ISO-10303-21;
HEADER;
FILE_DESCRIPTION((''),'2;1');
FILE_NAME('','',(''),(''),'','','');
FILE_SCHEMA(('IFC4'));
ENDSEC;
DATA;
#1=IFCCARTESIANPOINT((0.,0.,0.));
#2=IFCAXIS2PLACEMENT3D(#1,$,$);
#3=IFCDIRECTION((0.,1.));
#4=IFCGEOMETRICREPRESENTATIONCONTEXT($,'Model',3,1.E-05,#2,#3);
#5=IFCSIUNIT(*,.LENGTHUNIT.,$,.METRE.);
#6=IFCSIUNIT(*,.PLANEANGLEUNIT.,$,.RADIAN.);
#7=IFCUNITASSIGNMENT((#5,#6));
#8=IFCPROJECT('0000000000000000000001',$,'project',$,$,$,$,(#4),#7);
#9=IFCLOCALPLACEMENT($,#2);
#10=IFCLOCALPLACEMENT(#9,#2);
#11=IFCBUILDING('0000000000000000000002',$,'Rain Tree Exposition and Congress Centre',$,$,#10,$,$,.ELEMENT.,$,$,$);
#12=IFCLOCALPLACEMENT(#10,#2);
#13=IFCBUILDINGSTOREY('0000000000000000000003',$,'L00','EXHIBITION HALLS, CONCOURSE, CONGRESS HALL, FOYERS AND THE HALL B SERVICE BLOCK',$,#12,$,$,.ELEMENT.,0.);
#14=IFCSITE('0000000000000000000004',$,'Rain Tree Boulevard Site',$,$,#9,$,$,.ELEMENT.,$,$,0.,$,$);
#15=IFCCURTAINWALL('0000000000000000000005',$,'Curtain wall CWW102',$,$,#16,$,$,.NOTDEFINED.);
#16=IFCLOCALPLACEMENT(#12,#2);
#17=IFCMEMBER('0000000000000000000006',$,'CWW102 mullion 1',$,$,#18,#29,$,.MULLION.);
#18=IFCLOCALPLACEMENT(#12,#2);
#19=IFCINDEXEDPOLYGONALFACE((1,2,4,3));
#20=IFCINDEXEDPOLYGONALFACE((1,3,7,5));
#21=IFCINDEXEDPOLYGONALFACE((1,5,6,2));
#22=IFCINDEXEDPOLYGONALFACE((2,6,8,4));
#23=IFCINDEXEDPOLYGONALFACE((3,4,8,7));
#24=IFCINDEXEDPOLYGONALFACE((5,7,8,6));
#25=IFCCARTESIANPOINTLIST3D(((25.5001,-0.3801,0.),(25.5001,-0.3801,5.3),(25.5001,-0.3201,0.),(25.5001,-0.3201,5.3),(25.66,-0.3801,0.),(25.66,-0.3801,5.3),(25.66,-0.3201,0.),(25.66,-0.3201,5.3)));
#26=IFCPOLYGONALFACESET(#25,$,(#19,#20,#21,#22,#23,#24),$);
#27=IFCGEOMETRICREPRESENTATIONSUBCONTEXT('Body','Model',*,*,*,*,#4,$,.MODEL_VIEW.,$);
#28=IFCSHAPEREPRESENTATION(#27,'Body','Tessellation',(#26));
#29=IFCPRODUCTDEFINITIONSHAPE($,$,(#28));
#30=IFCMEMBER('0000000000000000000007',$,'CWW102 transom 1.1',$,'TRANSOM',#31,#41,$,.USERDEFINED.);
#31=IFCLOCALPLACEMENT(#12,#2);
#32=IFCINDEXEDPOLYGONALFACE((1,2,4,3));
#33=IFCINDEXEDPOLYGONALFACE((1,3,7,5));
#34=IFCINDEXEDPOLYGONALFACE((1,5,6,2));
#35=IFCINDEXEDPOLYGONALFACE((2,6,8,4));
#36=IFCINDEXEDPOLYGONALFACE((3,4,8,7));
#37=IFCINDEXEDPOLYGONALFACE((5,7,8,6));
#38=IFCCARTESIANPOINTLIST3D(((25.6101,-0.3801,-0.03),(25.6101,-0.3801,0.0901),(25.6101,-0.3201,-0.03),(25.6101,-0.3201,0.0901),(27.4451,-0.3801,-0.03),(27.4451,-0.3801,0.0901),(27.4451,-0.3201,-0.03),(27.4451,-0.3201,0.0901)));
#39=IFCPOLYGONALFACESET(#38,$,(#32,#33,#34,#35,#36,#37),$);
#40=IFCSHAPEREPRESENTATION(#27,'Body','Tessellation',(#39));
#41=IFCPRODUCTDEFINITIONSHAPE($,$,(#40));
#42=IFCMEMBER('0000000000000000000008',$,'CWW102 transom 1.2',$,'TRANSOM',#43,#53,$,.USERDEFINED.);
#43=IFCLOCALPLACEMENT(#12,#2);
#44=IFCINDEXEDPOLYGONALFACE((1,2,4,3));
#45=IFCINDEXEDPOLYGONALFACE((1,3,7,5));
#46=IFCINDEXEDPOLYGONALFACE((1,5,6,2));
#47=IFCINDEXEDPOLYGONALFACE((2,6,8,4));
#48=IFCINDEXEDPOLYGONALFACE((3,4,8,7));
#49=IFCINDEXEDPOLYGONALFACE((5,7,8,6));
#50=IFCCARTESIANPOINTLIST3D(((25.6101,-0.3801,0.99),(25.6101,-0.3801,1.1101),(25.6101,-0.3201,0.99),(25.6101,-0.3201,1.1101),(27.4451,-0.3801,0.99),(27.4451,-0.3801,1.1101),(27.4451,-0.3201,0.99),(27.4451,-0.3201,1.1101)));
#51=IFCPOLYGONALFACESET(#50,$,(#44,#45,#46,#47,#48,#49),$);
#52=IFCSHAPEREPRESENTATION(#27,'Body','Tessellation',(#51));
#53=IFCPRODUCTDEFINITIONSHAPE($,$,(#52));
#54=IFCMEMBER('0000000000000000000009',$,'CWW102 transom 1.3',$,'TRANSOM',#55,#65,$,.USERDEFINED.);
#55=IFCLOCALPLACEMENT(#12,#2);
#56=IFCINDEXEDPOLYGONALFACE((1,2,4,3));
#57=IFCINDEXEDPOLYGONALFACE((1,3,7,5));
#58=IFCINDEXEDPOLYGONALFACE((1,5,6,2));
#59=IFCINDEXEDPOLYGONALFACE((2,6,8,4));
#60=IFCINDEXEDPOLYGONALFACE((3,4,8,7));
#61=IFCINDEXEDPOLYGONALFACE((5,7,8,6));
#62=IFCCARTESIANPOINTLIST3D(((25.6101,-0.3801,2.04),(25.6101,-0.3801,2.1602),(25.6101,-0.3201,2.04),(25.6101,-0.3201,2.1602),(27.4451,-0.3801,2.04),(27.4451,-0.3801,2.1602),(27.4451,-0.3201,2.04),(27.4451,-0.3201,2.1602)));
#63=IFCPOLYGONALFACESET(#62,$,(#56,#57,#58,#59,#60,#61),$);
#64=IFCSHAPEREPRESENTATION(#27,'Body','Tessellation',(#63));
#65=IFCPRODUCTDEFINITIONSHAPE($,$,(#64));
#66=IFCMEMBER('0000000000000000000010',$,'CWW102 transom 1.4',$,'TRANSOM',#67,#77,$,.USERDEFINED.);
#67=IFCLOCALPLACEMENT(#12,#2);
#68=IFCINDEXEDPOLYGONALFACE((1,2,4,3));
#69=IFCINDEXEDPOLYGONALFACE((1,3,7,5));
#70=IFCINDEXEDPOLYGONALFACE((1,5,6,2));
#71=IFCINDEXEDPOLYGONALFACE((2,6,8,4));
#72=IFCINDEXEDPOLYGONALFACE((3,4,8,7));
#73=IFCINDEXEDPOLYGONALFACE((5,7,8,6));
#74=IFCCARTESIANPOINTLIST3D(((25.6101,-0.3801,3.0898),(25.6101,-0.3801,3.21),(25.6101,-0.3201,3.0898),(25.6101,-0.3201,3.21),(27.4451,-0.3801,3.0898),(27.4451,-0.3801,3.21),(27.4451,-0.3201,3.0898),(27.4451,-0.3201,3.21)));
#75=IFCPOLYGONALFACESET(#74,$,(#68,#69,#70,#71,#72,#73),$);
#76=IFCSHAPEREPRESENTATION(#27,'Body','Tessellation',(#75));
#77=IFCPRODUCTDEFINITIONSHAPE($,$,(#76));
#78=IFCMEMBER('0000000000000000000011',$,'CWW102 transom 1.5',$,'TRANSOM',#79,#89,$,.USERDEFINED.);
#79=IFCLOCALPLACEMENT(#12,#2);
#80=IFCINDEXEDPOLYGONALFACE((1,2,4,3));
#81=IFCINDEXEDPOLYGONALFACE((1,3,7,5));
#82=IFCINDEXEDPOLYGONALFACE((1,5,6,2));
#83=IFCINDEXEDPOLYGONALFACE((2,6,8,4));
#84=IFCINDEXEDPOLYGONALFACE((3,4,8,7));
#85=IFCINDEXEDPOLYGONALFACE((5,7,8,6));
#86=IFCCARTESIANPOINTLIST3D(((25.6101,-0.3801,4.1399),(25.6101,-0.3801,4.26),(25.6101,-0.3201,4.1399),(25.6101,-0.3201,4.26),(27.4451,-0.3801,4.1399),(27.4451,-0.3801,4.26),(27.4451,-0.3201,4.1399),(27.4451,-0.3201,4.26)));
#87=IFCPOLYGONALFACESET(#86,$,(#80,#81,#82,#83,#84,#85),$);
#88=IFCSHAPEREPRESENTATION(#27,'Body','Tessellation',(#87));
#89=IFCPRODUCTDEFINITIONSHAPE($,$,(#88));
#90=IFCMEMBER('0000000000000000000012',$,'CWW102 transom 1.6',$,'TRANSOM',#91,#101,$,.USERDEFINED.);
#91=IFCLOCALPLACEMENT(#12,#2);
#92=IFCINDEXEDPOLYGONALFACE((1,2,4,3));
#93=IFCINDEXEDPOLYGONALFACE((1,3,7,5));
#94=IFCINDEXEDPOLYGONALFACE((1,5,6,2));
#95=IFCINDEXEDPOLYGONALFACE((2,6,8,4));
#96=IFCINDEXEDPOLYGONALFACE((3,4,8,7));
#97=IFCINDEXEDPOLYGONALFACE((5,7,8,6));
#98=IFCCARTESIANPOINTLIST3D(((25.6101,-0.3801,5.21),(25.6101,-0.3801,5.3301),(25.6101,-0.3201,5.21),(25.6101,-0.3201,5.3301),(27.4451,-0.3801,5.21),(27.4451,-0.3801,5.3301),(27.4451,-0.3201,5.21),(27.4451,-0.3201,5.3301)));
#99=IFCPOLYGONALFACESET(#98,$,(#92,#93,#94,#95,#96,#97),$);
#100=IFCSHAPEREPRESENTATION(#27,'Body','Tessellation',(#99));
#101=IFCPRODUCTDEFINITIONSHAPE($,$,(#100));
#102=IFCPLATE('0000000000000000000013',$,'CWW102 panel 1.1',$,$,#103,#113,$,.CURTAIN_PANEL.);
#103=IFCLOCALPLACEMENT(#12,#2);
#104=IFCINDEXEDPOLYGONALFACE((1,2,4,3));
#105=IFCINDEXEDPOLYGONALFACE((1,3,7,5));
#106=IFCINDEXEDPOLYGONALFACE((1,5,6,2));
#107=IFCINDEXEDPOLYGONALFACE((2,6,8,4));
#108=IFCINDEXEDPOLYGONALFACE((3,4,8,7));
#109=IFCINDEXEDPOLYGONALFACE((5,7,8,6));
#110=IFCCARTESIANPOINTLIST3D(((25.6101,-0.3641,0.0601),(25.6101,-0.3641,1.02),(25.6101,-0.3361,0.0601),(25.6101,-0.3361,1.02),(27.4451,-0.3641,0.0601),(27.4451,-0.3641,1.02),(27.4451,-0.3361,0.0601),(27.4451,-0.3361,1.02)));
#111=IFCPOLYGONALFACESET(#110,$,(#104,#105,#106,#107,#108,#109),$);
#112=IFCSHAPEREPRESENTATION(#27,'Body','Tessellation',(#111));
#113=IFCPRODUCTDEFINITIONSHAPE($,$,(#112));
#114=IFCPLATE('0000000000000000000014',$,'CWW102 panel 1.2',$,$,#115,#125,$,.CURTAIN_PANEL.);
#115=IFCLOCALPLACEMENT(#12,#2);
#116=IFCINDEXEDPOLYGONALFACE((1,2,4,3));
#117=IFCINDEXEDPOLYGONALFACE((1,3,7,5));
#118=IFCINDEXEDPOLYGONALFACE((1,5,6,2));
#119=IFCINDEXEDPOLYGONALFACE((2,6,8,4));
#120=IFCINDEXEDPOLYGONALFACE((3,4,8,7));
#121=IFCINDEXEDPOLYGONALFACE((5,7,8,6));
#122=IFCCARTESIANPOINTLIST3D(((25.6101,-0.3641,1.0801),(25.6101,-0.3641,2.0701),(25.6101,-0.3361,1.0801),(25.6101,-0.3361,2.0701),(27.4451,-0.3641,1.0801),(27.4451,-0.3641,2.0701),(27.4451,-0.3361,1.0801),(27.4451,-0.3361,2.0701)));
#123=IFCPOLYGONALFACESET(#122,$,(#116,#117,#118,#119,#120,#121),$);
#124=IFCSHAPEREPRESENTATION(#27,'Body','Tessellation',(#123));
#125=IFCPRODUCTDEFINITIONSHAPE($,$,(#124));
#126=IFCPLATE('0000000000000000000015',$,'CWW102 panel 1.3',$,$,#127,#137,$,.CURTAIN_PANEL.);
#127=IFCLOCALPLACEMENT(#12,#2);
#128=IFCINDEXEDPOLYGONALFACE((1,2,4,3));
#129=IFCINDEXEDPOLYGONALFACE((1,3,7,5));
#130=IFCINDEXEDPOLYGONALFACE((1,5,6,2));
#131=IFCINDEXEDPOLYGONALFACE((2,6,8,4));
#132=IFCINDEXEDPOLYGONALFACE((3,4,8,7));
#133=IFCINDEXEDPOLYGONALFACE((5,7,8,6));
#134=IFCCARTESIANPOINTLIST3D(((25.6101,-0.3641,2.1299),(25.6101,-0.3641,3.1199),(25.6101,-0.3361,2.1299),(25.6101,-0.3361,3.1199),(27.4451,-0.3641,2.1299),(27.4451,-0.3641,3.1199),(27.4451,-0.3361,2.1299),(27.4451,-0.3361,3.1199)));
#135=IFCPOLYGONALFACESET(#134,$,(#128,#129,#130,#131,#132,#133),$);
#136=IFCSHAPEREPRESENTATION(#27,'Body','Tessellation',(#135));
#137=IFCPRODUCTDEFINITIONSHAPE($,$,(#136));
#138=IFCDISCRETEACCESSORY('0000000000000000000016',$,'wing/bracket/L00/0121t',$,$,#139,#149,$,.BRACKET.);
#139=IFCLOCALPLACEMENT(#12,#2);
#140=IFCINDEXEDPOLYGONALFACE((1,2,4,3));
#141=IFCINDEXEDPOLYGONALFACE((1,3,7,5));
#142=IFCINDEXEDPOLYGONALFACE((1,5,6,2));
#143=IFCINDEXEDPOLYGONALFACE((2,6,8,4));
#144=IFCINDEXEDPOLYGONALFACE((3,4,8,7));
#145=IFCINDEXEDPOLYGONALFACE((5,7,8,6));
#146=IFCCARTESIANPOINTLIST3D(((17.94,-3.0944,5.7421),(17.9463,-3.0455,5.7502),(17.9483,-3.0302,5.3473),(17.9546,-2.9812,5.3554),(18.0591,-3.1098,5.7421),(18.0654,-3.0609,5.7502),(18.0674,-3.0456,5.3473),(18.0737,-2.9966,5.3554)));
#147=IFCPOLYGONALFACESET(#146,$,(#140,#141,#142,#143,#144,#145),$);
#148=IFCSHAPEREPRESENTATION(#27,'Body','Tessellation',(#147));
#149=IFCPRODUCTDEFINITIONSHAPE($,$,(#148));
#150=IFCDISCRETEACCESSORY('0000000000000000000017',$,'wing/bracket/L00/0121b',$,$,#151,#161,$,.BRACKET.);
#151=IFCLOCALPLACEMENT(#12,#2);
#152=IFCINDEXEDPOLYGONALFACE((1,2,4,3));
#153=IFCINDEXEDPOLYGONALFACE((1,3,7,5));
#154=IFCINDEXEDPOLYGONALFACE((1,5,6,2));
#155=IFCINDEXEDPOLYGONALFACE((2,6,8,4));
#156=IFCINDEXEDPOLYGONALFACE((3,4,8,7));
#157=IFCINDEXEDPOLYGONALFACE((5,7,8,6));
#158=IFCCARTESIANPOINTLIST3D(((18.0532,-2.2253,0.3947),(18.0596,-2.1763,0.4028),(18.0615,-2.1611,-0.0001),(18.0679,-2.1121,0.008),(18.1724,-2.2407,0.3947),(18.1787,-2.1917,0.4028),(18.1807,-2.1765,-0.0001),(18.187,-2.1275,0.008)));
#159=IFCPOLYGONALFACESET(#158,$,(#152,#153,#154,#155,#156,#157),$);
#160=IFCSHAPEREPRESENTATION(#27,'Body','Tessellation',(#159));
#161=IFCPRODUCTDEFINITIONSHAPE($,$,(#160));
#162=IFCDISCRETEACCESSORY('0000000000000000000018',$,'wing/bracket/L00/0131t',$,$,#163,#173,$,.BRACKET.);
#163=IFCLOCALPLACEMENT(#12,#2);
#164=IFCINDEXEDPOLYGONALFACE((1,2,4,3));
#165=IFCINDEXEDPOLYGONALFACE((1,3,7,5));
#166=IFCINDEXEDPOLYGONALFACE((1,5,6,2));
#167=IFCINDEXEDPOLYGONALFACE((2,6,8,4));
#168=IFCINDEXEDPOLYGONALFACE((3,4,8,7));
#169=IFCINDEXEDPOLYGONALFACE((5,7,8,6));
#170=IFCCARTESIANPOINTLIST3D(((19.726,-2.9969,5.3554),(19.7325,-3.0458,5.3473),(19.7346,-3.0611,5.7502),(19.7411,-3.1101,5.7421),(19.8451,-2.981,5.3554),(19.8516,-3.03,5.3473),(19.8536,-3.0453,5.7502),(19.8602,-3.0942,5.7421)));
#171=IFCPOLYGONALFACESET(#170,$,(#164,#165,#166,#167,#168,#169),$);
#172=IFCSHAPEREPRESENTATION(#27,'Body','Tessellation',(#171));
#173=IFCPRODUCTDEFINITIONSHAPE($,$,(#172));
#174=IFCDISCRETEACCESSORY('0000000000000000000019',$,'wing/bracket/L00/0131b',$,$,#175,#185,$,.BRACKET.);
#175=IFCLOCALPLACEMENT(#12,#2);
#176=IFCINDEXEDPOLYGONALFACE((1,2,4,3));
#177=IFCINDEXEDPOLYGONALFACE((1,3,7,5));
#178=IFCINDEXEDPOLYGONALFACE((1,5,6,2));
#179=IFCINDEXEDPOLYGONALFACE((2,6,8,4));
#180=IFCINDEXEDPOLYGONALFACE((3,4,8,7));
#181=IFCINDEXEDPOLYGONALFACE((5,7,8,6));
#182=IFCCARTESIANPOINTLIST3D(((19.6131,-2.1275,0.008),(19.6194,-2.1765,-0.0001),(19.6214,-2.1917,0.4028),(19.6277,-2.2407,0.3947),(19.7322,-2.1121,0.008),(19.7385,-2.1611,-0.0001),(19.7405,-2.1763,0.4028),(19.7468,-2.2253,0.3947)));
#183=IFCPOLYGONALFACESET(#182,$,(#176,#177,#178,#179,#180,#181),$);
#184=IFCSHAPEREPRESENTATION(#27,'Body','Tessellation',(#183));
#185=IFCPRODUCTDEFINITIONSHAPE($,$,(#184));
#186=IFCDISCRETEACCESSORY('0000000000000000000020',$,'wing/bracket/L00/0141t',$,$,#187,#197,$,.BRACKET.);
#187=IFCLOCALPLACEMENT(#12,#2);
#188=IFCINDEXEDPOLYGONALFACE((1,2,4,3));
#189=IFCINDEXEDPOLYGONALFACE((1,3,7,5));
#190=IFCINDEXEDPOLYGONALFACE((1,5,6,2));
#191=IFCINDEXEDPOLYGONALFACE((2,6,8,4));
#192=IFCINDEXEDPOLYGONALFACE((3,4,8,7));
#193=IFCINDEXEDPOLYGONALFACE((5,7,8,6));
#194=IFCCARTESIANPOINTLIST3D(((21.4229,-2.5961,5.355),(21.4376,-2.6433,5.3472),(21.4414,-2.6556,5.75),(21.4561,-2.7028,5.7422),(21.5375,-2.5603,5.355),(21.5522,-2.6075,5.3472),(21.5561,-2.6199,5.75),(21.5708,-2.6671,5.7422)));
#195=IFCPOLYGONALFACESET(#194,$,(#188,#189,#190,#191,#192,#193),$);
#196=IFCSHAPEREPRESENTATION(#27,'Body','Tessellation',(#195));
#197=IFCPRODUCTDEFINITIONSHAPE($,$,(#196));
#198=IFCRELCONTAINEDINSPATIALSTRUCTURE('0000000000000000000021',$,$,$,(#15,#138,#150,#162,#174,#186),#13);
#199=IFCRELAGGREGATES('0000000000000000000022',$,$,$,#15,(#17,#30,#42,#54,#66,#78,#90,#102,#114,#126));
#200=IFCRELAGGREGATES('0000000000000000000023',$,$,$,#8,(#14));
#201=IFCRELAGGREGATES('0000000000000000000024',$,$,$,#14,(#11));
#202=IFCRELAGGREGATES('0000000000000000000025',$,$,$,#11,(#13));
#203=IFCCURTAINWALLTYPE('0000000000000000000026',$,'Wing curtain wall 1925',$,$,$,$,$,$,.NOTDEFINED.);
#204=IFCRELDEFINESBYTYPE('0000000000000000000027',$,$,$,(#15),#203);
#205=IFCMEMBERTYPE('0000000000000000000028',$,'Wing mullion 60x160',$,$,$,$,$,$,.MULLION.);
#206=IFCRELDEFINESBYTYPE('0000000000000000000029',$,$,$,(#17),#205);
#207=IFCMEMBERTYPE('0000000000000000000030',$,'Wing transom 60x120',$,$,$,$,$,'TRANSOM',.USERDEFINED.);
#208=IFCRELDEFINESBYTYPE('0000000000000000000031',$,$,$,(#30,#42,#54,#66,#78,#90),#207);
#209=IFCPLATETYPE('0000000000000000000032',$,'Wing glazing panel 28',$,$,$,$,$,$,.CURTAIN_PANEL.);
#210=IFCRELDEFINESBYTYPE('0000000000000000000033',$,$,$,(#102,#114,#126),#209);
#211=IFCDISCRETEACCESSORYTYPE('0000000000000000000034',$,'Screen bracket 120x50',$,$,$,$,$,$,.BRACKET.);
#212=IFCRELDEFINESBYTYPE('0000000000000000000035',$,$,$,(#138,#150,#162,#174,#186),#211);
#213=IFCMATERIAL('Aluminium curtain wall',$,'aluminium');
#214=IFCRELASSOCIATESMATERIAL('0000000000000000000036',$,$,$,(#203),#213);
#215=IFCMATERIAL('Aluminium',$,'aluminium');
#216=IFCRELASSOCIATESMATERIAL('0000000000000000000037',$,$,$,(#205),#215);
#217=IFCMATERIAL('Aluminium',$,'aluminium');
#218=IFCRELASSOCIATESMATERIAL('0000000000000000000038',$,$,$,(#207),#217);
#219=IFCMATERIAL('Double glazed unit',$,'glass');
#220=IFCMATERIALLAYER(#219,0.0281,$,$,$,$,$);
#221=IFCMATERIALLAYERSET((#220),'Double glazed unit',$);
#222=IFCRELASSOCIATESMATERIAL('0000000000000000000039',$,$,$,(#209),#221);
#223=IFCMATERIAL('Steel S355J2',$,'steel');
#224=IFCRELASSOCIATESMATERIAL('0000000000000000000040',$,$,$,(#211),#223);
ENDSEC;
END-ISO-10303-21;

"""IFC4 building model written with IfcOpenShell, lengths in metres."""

from ifc_helpers import new_model, si_unit, direction, frame, origin, origin_2d, place, context, subcontext, project, spatial, rectangle, extrude, material, layer, layer_set, material_profile, profile_set, type_object, element, aggregate, save


model = new_model("IFC4")

# Units and contexts
model_context = context("Model", 3, precision=1e-05, world=origin(), true_north=direction((0.0, 1.0)))
body_context = subcontext(model_context, "Body", "Model", "MODEL_VIEW")
ifc_project = project(units=[si_unit("LENGTHUNIT", "METRE"), si_unit("PLANEANGLEUNIT", "RADIAN")], contexts=[model_context])

# Site, building, storey
site_placement = place(None, origin())
site = spatial("IfcSite", under=ifc_project, at=site_placement, Name="Rain Tree Boulevard Site", CompositionType="ELEMENT", RefElevation=0.0)
building_placement = place(site_placement, origin())
building = spatial("IfcBuilding", under=site, at=building_placement, Name="Rain Tree Exposition and Congress Centre", CompositionType="ELEMENT")
storey_placement = place(building_placement, origin())
storey = spatial("IfcBuildingStorey", under=building, at=storey_placement, Name="L00", Description="EXHIBITION HALLS, CONCOURSE, CONGRESS HALL, FOYERS AND THE HALL B SERVICE BLOCK", CompositionType="ELEMENT", Elevation=0.0)

# Curtain wall, members, plates
ifc_material_1 = material(Name="Aluminium curtain wall", Category="aluminium")
curtain_wall_type = type_object("IfcCurtainWallType", Name="Wing curtain wall 1925", PredefinedType="NOTDEFINED", material=ifc_material_1)
curtain_wall_placement = place(storey_placement, origin())
curtain_wall = element("IfcCurtainWall", 1, at=curtain_wall_placement, inside=storey, type_object=curtain_wall_type, Name="Curtain wall CWW102", PredefinedType="NOTDEFINED")
ifc_material_2 = material(Name="Aluminium", Category="aluminium")
ifc_material_profile_1 = material_profile(ifc_material_2, rectangle(XDim=0.0601, YDim=0.1599, at=origin_2d()), Name="Aluminium 60x160")
ifc_profile_set_1 = profile_set([ifc_material_profile_1], Name="Aluminium")
member_type_1 = type_object("IfcMemberType", Name="Wing mullion 60x160", PredefinedType="MULLION", material=ifc_profile_set_1)
member_1_placement = place(storey_placement, frame((25.5801, -0.3501, 0.0), z_axis=(0.0, 0.0, 1.0), x_axis=(0.0, 1.0, 0.0)))
member_1 = element("IfcMember", 2, at=member_1_placement, type_object=member_type_1, Name="CWW102 mullion 1", PredefinedType="MULLION", context=body_context, shape_type="SweptSolid", body=[
    extrude(rectangle(XDim=0.0601, YDim=0.1599, at=origin_2d()), origin(), (0.0, 0.0, 1.0), 5.3),
])
ifc_material_3 = material(Name="Aluminium", Category="aluminium")
ifc_material_profile_2 = material_profile(ifc_material_3, rectangle(XDim=0.0601, YDim=0.1201, at=origin_2d()), Name="Aluminium 60x120")
ifc_profile_set_2 = profile_set([ifc_material_profile_2], Name="Aluminium")
member_type_2 = type_object("IfcMemberType", Name="Wing transom 60x120", ElementType="TRANSOM", PredefinedType="USERDEFINED", material=ifc_profile_set_2)
member_2_placement = place(storey_placement, frame((25.6101, -0.3501, 0.03), z_axis=(1.0, 0.0, 0.0), x_axis=(0.0, 1.0, 0.0)))
member_2 = element("IfcMember", 3, at=member_2_placement, type_object=member_type_2, Name="CWW102 transom 1.1", ObjectType="TRANSOM", PredefinedType="USERDEFINED", context=body_context, shape_type="SweptSolid", body=[
    extrude(rectangle(XDim=0.0601, YDim=0.1201, at=origin_2d()), origin(), (0.0, 0.0, 1.0), 1.835),
])
member_3_placement = place(storey_placement, frame((25.6101, -0.3501, 1.05), z_axis=(1.0, 0.0, 0.0), x_axis=(0.0, 1.0, 0.0)))
member_3 = element("IfcMember", 4, at=member_3_placement, type_object=member_type_2, Name="CWW102 transom 1.2", ObjectType="TRANSOM", PredefinedType="USERDEFINED", context=body_context, shape_type="SweptSolid", body=[
    extrude(rectangle(XDim=0.0601, YDim=0.1201, at=origin_2d()), origin(), (0.0, 0.0, 1.0), 1.835),
])
member_4_placement = place(storey_placement, frame((25.6101, -0.3501, 2.1001), z_axis=(1.0, 0.0, 0.0), x_axis=(0.0, 1.0, 0.0)))
member_4 = element("IfcMember", 5, at=member_4_placement, type_object=member_type_2, Name="CWW102 transom 1.3", ObjectType="TRANSOM", PredefinedType="USERDEFINED", context=body_context, shape_type="SweptSolid", body=[
    extrude(rectangle(XDim=0.0601, YDim=0.1201, at=origin_2d()), origin(), (0.0, 0.0, 1.0), 1.835),
])
member_5_placement = place(storey_placement, frame((25.6101, -0.3501, 3.1499), z_axis=(1.0, 0.0, 0.0), x_axis=(0.0, 1.0, 0.0)))
member_5 = element("IfcMember", 6, at=member_5_placement, type_object=member_type_2, Name="CWW102 transom 1.4", ObjectType="TRANSOM", PredefinedType="USERDEFINED", context=body_context, shape_type="SweptSolid", body=[
    extrude(rectangle(XDim=0.0601, YDim=0.1201, at=origin_2d()), origin(), (0.0, 0.0, 1.0), 1.835),
])
member_6_placement = place(storey_placement, frame((25.6101, -0.3501, 4.2), z_axis=(1.0, 0.0, 0.0), x_axis=(0.0, 1.0, 0.0)))
member_6 = element("IfcMember", 7, at=member_6_placement, type_object=member_type_2, Name="CWW102 transom 1.5", ObjectType="TRANSOM", PredefinedType="USERDEFINED", context=body_context, shape_type="SweptSolid", body=[
    extrude(rectangle(XDim=0.0601, YDim=0.1201, at=origin_2d()), origin(), (0.0, 0.0, 1.0), 1.835),
])
member_7_placement = place(storey_placement, frame((25.6101, -0.3501, 5.27), z_axis=(1.0, 0.0, 0.0), x_axis=(0.0, 1.0, 0.0)))
member_7 = element("IfcMember", 8, at=member_7_placement, type_object=member_type_2, Name="CWW102 transom 1.6", ObjectType="TRANSOM", PredefinedType="USERDEFINED", context=body_context, shape_type="SweptSolid", body=[
    extrude(rectangle(XDim=0.0601, YDim=0.1201, at=origin_2d()), origin(), (0.0, 0.0, 1.0), 1.835),
])
ifc_material_4 = material(Name="Double glazed unit", Category="glass")
ifc_layer_1 = layer(ifc_material_4, 0.0281)
ifc_layer_set_1 = layer_set([ifc_layer_1], Name="Double glazed unit")
plate_type = type_object("IfcPlateType", Name="Wing glazing panel 28", PredefinedType="CURTAIN_PANEL", material=ifc_layer_set_1)
plate_1_placement = place(storey_placement, frame((26.5276, -0.3501, 0.0601), z_axis=(0.0, 0.0, 1.0), x_axis=(1.0, 0.0, 0.0)))
plate_1 = element("IfcPlate", 9, at=plate_1_placement, type_object=plate_type, Name="CWW102 panel 1.1", PredefinedType="CURTAIN_PANEL", context=body_context, shape_type="SweptSolid", body=[
    extrude(rectangle(XDim=1.835, YDim=0.0281, at=origin_2d()), origin(), (0.0, 0.0, 1.0), 0.96),
])
plate_2_placement = place(storey_placement, frame((26.5276, -0.3501, 1.0801), z_axis=(0.0, 0.0, 1.0), x_axis=(1.0, 0.0, 0.0)))
plate_2 = element("IfcPlate", 10, at=plate_2_placement, type_object=plate_type, Name="CWW102 panel 1.2", PredefinedType="CURTAIN_PANEL", context=body_context, shape_type="SweptSolid", body=[
    extrude(rectangle(XDim=1.835, YDim=0.0281, at=origin_2d()), origin(), (0.0, 0.0, 1.0), 0.99),
])
plate_3_placement = place(storey_placement, frame((26.5276, -0.3501, 2.1299), z_axis=(0.0, 0.0, 1.0), x_axis=(1.0, 0.0, 0.0)))
plate_3 = element("IfcPlate", 11, at=plate_3_placement, type_object=plate_type, Name="CWW102 panel 1.3", PredefinedType="CURTAIN_PANEL", context=body_context, shape_type="SweptSolid", body=[
    extrude(rectangle(XDim=1.835, YDim=0.0281, at=origin_2d()), origin(), (0.0, 0.0, 1.0), 0.99),
])
aggregate(curtain_wall, [member_1, member_2, member_3, member_4, member_5, member_6, member_7, plate_1, plate_2, plate_3])

# Discrete accessories
ifc_material_5 = material(Name="Steel S355J2", Category="steel")
ifc_material_profile_3 = material_profile(ifc_material_5, rectangle(XDim=0.1201, YDim=0.05, at=origin_2d()), Name="Flat bar 120x50")
ifc_profile_set_3 = profile_set([ifc_material_profile_3], Name="Steel S355J2")
discrete_accessory_type = type_object("IfcDiscreteAccessoryType", Name="Screen bracket 120x50", PredefinedType="BRACKET", material=ifc_profile_set_3)
for number, where, z_axis, x_axis, name in (
    (12, (18.011, -3.0134, 5.3513), (-0.020749, -0.160503, 0.986817), (0.991747, -0.128211, 0.0), "wing/bracket/L00/0121t"),
    (13, (18.1243, -2.1443, 0.0039), (-0.020749, -0.160503, 0.986817), (0.991747, -0.128211, 0.0), "wing/bracket/L00/0121b"),
    (14, (19.7888, -3.0134, 5.3513), (0.021359, -0.160501, 0.986805), (0.991261, 0.131917, 0.0), "wing/bracket/L00/0131t"),
    (15, (19.6758, -2.1443, 0.0039), (0.020749, -0.160503, 0.986817), (0.991747, 0.128211, 0.0), "wing/bracket/L00/0131b"),
):
    element("IfcDiscreteAccessory", number, at=place(storey_placement, frame(where, z_axis=z_axis, x_axis=x_axis)), inside=storey, type_object=discrete_accessory_type, Name=name, PredefinedType="BRACKET", context=body_context, shape_type="SweptSolid", body=[
        extrude(rectangle(XDim=0.1201, YDim=0.05, at=origin_2d()), origin(), (0.0, 0.0, 1.0), 0.4001),
    ])
for number, where, z_axis, x_axis, name in (
    (16, (21.4875, -2.6018, 5.3511), (0.046396, -0.148957, 0.987755), (0.954758, 0.297384, 0.0), "wing/bracket/L00/0141t"),
):
    element("IfcDiscreteAccessory", number, at=place(storey_placement, frame(where, z_axis=z_axis, x_axis=x_axis)), inside=storey, type_object=discrete_accessory_type, Name=name, PredefinedType="BRACKET", context=body_context, shape_type="SweptSolid", body=[
        extrude(rectangle(XDim=0.1201, YDim=0.05, at=origin_2d()), origin(), (0.0, 0.0, 1.0), 0.3999),
    ])

save(model, "model.ifc")
